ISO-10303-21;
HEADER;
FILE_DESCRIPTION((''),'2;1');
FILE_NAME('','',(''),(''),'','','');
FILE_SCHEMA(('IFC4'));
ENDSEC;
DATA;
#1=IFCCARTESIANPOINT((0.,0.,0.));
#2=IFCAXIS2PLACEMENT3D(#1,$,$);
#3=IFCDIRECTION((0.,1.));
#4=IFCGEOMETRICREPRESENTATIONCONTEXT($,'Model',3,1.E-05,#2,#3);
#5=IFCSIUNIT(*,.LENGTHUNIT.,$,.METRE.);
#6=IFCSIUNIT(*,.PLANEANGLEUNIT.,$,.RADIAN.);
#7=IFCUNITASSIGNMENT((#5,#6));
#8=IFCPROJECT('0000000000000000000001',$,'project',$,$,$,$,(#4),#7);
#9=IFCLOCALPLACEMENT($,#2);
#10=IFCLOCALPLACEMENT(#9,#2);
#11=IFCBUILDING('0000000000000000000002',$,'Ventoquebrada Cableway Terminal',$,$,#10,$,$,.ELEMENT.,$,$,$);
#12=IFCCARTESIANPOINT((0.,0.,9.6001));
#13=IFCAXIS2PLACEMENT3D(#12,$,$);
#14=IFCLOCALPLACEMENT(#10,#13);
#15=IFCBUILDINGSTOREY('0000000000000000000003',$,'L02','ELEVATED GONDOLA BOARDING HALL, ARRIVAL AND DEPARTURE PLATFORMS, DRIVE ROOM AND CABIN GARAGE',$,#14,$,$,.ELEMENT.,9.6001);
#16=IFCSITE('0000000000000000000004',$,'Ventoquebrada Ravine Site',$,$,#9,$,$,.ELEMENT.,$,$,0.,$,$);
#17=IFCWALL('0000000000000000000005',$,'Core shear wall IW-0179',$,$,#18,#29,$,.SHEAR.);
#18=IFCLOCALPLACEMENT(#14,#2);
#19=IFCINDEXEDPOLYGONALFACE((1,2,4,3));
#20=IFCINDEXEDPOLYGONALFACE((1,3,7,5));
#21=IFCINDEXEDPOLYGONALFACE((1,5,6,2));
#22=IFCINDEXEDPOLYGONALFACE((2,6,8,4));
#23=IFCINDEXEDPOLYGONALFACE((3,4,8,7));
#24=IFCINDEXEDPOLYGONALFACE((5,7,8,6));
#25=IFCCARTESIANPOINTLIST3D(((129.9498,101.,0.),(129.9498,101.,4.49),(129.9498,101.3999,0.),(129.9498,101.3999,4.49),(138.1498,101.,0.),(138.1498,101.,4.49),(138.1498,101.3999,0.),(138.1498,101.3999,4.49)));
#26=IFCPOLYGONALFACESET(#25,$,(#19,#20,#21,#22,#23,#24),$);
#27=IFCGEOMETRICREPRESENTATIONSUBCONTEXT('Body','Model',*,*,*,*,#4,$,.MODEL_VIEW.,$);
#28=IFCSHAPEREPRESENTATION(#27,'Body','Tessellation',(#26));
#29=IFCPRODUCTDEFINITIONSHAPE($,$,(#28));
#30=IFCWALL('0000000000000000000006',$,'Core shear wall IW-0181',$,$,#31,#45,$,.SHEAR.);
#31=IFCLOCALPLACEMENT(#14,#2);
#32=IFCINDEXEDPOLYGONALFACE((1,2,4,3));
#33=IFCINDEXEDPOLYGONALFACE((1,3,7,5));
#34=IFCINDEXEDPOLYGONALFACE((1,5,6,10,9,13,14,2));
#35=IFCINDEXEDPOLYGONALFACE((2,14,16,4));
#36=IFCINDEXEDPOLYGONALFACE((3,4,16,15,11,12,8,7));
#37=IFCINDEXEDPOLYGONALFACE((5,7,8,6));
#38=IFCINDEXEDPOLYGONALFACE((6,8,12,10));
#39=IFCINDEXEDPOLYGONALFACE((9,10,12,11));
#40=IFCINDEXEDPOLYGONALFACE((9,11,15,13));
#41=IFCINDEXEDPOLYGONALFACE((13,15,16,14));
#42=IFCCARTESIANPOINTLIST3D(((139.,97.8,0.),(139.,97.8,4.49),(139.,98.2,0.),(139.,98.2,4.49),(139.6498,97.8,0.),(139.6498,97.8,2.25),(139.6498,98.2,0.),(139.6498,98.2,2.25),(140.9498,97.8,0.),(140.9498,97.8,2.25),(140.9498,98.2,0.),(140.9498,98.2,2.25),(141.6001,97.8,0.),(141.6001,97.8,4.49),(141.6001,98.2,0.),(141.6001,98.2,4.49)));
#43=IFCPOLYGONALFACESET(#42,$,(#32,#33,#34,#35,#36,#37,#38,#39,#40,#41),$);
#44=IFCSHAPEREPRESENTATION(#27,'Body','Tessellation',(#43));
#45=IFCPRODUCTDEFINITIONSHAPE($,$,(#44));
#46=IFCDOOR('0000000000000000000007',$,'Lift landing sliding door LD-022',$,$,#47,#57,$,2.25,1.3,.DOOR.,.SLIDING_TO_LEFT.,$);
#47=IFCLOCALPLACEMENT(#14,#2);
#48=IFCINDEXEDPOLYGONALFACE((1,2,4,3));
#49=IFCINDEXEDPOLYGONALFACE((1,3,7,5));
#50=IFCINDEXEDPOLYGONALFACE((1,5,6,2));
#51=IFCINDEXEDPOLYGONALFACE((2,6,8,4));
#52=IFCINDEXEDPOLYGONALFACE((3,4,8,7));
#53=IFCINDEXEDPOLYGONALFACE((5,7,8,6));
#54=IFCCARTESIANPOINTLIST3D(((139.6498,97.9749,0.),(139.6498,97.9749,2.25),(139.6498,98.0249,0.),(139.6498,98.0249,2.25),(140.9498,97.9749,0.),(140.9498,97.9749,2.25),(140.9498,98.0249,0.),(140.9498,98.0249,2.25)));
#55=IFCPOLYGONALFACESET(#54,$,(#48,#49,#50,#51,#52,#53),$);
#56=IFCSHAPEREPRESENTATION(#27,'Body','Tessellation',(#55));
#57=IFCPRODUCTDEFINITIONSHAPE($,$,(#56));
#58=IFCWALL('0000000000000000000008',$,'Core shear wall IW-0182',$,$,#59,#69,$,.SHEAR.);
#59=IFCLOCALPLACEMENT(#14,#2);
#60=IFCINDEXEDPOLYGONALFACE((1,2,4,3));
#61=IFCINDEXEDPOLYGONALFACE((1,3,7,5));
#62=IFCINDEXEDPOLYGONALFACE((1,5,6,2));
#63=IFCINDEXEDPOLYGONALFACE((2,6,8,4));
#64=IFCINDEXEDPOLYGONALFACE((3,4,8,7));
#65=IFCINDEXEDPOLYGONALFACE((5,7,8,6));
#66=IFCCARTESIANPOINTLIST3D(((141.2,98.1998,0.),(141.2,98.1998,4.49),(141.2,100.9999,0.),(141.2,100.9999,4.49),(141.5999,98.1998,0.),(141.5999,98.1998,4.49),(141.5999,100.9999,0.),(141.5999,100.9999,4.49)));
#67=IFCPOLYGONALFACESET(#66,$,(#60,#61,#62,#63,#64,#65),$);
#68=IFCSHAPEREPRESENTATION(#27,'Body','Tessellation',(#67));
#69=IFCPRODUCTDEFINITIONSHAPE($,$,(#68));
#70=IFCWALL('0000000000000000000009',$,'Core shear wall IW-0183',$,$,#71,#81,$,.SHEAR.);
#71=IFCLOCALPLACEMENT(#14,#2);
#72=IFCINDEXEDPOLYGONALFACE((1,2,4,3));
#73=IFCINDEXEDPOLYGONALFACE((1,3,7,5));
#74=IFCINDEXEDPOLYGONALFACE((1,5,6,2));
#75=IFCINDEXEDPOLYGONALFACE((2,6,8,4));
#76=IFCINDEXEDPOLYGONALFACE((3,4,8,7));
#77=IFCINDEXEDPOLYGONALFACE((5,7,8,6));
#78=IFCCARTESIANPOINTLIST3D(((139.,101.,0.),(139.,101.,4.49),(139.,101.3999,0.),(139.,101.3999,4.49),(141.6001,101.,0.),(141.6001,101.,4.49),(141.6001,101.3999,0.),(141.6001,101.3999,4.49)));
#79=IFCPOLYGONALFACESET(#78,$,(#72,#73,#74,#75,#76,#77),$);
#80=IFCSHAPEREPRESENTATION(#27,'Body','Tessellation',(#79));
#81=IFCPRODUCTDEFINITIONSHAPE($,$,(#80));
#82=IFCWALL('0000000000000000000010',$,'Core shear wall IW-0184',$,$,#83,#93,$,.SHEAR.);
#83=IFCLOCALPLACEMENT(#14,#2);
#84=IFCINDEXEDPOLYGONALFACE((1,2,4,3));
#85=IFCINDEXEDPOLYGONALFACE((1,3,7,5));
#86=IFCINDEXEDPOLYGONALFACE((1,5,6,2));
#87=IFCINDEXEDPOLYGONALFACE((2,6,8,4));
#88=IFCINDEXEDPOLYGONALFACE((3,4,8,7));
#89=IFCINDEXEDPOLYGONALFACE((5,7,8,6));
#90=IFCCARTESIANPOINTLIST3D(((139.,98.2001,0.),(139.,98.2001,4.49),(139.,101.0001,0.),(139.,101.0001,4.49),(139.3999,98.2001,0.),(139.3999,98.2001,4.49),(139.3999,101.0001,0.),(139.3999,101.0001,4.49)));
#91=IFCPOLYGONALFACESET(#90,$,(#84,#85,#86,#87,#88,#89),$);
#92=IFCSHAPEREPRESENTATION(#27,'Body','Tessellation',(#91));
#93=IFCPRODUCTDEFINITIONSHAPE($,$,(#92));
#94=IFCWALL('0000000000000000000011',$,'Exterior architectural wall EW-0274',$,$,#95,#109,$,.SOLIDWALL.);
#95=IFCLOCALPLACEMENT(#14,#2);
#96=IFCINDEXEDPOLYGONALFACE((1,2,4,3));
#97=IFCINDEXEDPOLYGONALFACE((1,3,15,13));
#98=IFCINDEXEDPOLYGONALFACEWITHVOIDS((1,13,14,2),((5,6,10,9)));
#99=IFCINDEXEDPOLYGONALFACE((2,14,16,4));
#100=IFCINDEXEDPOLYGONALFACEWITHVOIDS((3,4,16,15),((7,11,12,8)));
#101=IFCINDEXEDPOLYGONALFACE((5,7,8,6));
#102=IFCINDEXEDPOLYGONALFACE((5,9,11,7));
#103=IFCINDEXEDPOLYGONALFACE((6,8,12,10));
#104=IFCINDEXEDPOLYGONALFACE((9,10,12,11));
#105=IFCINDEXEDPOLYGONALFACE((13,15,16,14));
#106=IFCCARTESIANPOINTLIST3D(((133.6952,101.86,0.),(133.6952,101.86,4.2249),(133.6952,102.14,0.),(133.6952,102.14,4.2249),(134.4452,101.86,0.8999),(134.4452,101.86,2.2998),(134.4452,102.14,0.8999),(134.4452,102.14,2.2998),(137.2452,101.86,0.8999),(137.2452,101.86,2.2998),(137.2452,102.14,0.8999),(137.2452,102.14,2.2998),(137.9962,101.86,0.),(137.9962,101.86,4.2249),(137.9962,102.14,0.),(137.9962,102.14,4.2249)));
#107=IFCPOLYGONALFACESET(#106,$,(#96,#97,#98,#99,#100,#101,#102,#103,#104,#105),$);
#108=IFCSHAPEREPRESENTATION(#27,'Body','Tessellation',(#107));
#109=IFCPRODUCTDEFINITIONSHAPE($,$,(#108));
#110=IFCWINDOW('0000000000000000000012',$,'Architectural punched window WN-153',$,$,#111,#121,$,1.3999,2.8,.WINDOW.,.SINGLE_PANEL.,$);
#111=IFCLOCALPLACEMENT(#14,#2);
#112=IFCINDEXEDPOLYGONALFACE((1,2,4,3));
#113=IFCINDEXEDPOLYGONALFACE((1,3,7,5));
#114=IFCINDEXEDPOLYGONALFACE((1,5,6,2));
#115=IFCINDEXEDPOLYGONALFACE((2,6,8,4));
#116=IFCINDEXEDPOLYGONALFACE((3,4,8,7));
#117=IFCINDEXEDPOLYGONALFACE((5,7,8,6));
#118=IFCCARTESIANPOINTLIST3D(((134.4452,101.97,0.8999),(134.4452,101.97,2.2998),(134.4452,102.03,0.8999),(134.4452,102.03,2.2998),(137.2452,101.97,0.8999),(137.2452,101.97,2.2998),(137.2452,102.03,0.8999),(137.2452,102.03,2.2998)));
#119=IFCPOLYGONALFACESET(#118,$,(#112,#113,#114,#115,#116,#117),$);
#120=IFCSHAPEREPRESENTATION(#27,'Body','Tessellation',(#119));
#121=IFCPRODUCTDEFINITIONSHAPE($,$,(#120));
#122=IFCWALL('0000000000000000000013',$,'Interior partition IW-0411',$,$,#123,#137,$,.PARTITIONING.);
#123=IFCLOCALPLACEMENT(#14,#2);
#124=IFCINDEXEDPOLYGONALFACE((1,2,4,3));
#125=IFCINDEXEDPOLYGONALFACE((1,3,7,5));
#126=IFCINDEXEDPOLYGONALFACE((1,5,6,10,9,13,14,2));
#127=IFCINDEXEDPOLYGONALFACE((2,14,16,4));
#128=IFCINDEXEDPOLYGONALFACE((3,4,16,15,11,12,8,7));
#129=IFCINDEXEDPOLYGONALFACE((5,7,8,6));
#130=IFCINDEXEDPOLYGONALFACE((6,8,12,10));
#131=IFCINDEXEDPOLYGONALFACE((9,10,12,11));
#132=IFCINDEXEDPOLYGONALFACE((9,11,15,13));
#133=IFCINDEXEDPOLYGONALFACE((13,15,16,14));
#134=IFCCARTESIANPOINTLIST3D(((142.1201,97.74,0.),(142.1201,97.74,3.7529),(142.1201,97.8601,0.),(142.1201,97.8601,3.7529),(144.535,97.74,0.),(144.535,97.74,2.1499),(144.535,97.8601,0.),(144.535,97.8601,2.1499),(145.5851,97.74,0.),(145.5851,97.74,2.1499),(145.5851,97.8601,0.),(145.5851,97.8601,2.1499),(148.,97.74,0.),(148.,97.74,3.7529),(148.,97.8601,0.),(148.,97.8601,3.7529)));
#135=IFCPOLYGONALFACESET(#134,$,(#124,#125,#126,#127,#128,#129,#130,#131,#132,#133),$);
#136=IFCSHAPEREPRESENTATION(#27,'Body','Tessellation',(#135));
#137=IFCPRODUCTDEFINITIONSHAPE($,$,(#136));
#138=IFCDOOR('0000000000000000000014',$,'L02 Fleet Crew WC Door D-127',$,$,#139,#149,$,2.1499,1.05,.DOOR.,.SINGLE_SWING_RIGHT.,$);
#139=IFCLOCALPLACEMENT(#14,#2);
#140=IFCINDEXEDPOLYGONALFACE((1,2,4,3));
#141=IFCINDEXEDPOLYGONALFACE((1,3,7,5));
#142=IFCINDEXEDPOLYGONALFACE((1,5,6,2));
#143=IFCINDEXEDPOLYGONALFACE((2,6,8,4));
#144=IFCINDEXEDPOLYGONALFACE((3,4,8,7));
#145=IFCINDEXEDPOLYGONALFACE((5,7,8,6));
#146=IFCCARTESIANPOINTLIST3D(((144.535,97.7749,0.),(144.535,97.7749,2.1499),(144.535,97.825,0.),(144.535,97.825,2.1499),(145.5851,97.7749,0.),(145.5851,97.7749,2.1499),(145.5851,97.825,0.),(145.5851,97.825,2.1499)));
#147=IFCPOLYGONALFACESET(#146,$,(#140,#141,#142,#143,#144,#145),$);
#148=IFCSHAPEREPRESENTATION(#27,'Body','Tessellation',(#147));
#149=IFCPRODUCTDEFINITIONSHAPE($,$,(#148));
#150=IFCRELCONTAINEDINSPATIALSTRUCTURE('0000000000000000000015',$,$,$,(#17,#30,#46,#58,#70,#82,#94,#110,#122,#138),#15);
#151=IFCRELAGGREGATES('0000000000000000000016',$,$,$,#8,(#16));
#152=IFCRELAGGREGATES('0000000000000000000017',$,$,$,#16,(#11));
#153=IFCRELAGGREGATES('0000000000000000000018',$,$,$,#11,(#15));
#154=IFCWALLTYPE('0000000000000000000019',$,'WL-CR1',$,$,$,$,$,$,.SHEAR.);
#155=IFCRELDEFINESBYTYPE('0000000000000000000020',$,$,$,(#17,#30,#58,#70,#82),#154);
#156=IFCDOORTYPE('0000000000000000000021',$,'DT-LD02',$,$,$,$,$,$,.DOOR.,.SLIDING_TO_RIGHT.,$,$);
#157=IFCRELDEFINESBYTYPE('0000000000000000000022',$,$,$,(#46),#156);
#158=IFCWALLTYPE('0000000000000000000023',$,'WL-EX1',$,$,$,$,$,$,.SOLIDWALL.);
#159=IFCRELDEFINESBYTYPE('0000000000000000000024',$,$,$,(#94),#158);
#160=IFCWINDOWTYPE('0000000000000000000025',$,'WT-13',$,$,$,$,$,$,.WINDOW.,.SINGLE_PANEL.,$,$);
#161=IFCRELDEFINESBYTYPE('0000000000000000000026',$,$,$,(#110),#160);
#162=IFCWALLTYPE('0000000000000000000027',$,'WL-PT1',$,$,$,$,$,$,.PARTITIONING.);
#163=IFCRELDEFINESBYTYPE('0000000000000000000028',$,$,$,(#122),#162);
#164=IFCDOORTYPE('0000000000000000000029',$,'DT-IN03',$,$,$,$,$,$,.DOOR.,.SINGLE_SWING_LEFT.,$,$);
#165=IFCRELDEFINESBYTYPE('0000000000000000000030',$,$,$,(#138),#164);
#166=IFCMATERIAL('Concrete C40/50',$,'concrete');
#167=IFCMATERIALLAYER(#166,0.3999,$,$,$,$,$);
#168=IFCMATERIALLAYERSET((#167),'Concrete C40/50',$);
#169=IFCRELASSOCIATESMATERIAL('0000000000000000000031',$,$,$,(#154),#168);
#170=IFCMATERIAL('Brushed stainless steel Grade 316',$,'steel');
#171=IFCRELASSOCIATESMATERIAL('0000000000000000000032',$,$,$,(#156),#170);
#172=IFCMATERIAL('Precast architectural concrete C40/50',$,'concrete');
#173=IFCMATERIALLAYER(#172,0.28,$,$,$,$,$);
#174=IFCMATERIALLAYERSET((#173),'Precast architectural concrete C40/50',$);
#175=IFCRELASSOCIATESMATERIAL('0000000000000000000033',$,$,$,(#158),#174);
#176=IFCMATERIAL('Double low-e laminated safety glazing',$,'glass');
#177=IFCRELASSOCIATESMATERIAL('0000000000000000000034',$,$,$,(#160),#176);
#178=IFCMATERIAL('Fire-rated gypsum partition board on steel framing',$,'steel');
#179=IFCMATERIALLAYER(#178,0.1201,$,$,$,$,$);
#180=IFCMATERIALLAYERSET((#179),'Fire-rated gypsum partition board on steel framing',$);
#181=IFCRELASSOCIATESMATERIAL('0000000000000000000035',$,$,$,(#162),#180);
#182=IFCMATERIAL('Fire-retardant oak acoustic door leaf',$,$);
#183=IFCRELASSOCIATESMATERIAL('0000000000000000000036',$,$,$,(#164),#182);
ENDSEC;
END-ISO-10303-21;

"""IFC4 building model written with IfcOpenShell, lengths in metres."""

from ifc_helpers import new_model, si_unit, direction, frame, frame_2d, origin, place, context, subcontext, project, spatial, rectangle, extrude, material, layer, layer_set, type_object, element, fill, save


model = new_model("IFC4")

# Units and contexts
model_context = context("Model", 3, precision=1e-05, world=origin(), true_north=direction((0.0, 1.0)))
body_context = subcontext(model_context, "Body", "Model", "MODEL_VIEW")
ifc_project = project(units=[si_unit("LENGTHUNIT", "METRE"), si_unit("PLANEANGLEUNIT", "RADIAN")], contexts=[model_context])

# Site, building, storey
site_placement = place(None, origin())
site = spatial("IfcSite", under=ifc_project, at=site_placement, Name="Ventoquebrada Ravine Site", CompositionType="ELEMENT", RefElevation=0.0)
building_placement = place(site_placement, origin())
building = spatial("IfcBuilding", under=site, at=building_placement, Name="Ventoquebrada Cableway Terminal", CompositionType="ELEMENT")
storey_placement = place(building_placement, frame((0.0, 0.0, 9.6001)))
storey = spatial("IfcBuildingStorey", under=building, at=storey_placement, Name="L02", Description="ELEVATED GONDOLA BOARDING HALL, ARRIVAL AND DEPARTURE PLATFORMS, DRIVE ROOM AND CABIN GARAGE", CompositionType="ELEMENT", Elevation=9.6001)

# Shared definitions
ifc_material_1 = material(Name="Concrete C40/50", Category="concrete")
ifc_layer_1 = layer(ifc_material_1, 0.3999)
ifc_layer_set_1 = layer_set([ifc_layer_1], Name="Concrete C40/50")
wall_type_1 = type_object("IfcWallType", Name="WL-CR1", PredefinedType="SHEAR", material=ifc_layer_set_1)

# Wall
wall_1_placement = place(storey_placement, frame((138.1499, 101.2, 0.0), z_axis=(0.0, 0.0, 1.0), x_axis=(-1.0, 0.0, 0.0)))
element("IfcWall", 1, at=wall_1_placement, inside=storey, type_object=wall_type_1, Name="Core shear wall IW-0179", PredefinedType="SHEAR", context=body_context, shape_type="SweptSolid", body=[
    extrude(rectangle(XDim=8.2, YDim=0.3999, at=frame_2d((4.1001, 0.0))), origin(), (0.0, 0.0, 1.0), 4.49),
])

# Wall, opening, door
wall_2_placement = place(storey_placement, frame((139.0, 98.0, 0.0), z_axis=(0.0, 0.0, 1.0), x_axis=(1.0, 0.0, 0.0)))
wall_2 = element("IfcWall", 2, at=wall_2_placement, inside=storey, type_object=wall_type_1, Name="Core shear wall IW-0181", PredefinedType="SHEAR", context=body_context, shape_type="SweptSolid", body=[
    extrude(rectangle(XDim=2.6001, YDim=0.3999, at=frame_2d((1.3, 0.0))), origin(), (0.0, 0.0, 1.0), 4.49),
])
opening_1_placement = place(wall_2_placement, frame((0.6499, 0.0, 0.0)))
opening_1 = element("IfcOpeningElement", 3, at=opening_1_placement, cuts=wall_2, PredefinedType="OPENING", context=body_context, shape_type="SweptSolid", body=[
    extrude(rectangle(XDim=1.3, YDim=2.25, at=frame_2d((0.6499, 1.125))), frame((0.0, 0.21, 0.0), z_axis=(0.0, -1.0, 0.0), x_axis=(1.0, 0.0, 0.0)), (0.0, 0.0, 1.0), 0.4199),
])
ifc_material_2 = material(Name="Brushed stainless steel Grade 316", Category="steel")
door_type_1 = type_object("IfcDoorType", Name="DT-LD02", OperationType="SLIDING_TO_RIGHT", PredefinedType="DOOR", material=ifc_material_2)
door_1_placement = place(opening_1_placement, origin())
door_1 = element("IfcDoor", 4, at=door_1_placement, inside=storey, type_object=door_type_1, Name="Lift landing sliding door LD-022", OperationType="SLIDING_TO_LEFT", OverallHeight=2.25, OverallWidth=1.3, PredefinedType="DOOR", context=body_context, shape_type="SweptSolid", body=[
    extrude(rectangle(XDim=1.3, YDim=2.25, at=frame_2d((0.6499, 1.125))), frame((0.0, 0.0249, 0.0), z_axis=(0.0, -1.0, 0.0), x_axis=(1.0, 0.0, 0.0)), (0.0, 0.0, 1.0), 0.05),
])
fill(opening_1, door_1)

# Walls
wall_3_placement = place(storey_placement, frame((141.3999, 98.2, 0.0), z_axis=(0.0, 0.0, 1.0), x_axis=(0.0, 1.0, 0.0)))
element("IfcWall", 5, at=wall_3_placement, inside=storey, type_object=wall_type_1, Name="Core shear wall IW-0182", PredefinedType="SHEAR", context=body_context, shape_type="SweptSolid", body=[
    extrude(rectangle(XDim=2.8, YDim=0.3999, at=frame_2d((1.3999, 0.0))), origin(), (0.0, 0.0, 1.0), 4.49),
])
wall_4_placement = place(storey_placement, frame((141.6001, 101.2, 0.0), z_axis=(0.0, 0.0, 1.0), x_axis=(-1.0, 0.0, 0.0)))
element("IfcWall", 6, at=wall_4_placement, inside=storey, type_object=wall_type_1, Name="Core shear wall IW-0183", PredefinedType="SHEAR", context=body_context, shape_type="SweptSolid", body=[
    extrude(rectangle(XDim=2.6001, YDim=0.3999, at=frame_2d((1.3, 0.0))), origin(), (0.0, 0.0, 1.0), 4.49),
])
wall_5_placement = place(storey_placement, frame((139.2, 101.0, 0.0), z_axis=(0.0, 0.0, 1.0), x_axis=(0.0, -1.0, 0.0)))
element("IfcWall", 7, at=wall_5_placement, inside=storey, type_object=wall_type_1, Name="Core shear wall IW-0184", PredefinedType="SHEAR", context=body_context, shape_type="SweptSolid", body=[
    extrude(rectangle(XDim=2.8, YDim=0.3999, at=frame_2d((1.3999, 0.0))), origin(), (0.0, 0.0, 1.0), 4.49),
])

# Wall, opening, window
ifc_material_3 = material(Name="Precast architectural concrete C40/50", Category="concrete")
ifc_layer_2 = layer(ifc_material_3, 0.28)
ifc_layer_set_2 = layer_set([ifc_layer_2], Name="Precast architectural concrete C40/50")
wall_type_2 = type_object("IfcWallType", Name="WL-EX1", PredefinedType="SOLIDWALL", material=ifc_layer_set_2)
wall_6_placement = place(storey_placement, frame((137.9961, 102.0, 0.0), z_axis=(0.0, 0.0, 1.0), x_axis=(-1.0, 0.0, 0.0)))
wall_6 = element("IfcWall", 8, at=wall_6_placement, inside=storey, type_object=wall_type_2, Name="Exterior architectural wall EW-0274", PredefinedType="SOLIDWALL", context=body_context, shape_type="SweptSolid", body=[
    extrude(rectangle(XDim=4.301, YDim=0.28, at=frame_2d((2.1504, 0.0))), origin(), (0.0, 0.0, 1.0), 4.2249),
])
opening_2_placement = place(wall_6_placement, frame((0.751, 0.0, 0.8999)))
opening_2 = element("IfcOpeningElement", 9, at=opening_2_placement, cuts=wall_6, PredefinedType="OPENING", context=body_context, shape_type="SweptSolid", body=[
    extrude(rectangle(XDim=2.8, YDim=1.3999, at=frame_2d((1.3999, 0.7))), frame((0.0, 0.1499, 0.0), z_axis=(0.0, -1.0, 0.0), x_axis=(1.0, 0.0, 0.0)), (0.0, 0.0, 1.0), 0.3),
])
ifc_material_4 = material(Name="Double low-e laminated safety glazing", Category="glass")
window_type = type_object("IfcWindowType", Name="WT-13", PartitioningType="SINGLE_PANEL", PredefinedType="WINDOW", material=ifc_material_4)
window_placement = place(opening_2_placement, origin())
window = element("IfcWindow", 10, at=window_placement, inside=storey, type_object=window_type, Name="Architectural punched window WN-153", OverallHeight=1.3999, OverallWidth=2.8, PartitioningType="SINGLE_PANEL", PredefinedType="WINDOW", context=body_context, shape_type="SweptSolid", body=[
    extrude(rectangle(XDim=2.8, YDim=1.3999, at=frame_2d((1.3999, 0.7))), frame((0.0, 0.03, 0.0), z_axis=(0.0, -1.0, 0.0), x_axis=(1.0, 0.0, 0.0)), (0.0, 0.0, 1.0), 0.0601),
])
fill(opening_2, window)

# Wall, opening, door
ifc_material_5 = material(Name="Fire-rated gypsum partition board on steel framing", Category="steel")
ifc_layer_3 = layer(ifc_material_5, 0.1201)
ifc_layer_set_3 = layer_set([ifc_layer_3], Name="Fire-rated gypsum partition board on steel framing")
wall_type_3 = type_object("IfcWallType", Name="WL-PT1", PredefinedType="PARTITIONING", material=ifc_layer_set_3)
wall_7_placement = place(storey_placement, frame((142.1201, 97.8, 0.0), z_axis=(0.0, 0.0, 1.0), x_axis=(1.0, 0.0, 0.0)))
wall_7 = element("IfcWall", 11, at=wall_7_placement, inside=storey, type_object=wall_type_3, Name="Interior partition IW-0411", PredefinedType="PARTITIONING", context=body_context, shape_type="SweptSolid", body=[
    extrude(rectangle(XDim=5.8799, YDim=0.1201, at=frame_2d((2.9399, 0.0))), origin(), (0.0, 0.0, 1.0), 3.7529),
])
opening_3_placement = place(wall_7_placement, frame((2.415, 0.0, 0.0)))
opening_3 = element("IfcOpeningElement", 12, at=opening_3_placement, cuts=wall_7, PredefinedType="OPENING", context=body_context, shape_type="SweptSolid", body=[
    extrude(rectangle(XDim=1.05, YDim=2.1499, at=frame_2d((0.5249, 1.075))), frame((0.0, 0.0701, 0.0), z_axis=(0.0, -1.0, 0.0), x_axis=(1.0, 0.0, 0.0)), (0.0, 0.0, 1.0), 0.1401),
])
ifc_material_6 = material(Name="Fire-retardant oak acoustic door leaf")
door_type_2 = type_object("IfcDoorType", Name="DT-IN03", OperationType="SINGLE_SWING_LEFT", PredefinedType="DOOR", material=ifc_material_6)
door_2_placement = place(opening_3_placement, origin())
door_2 = element("IfcDoor", 13, at=door_2_placement, inside=storey, type_object=door_type_2, Name="L02 Fleet Crew WC Door D-127", OperationType="SINGLE_SWING_RIGHT", OverallHeight=2.1499, OverallWidth=1.05, PredefinedType="DOOR", context=body_context, shape_type="SweptSolid", body=[
    extrude(rectangle(XDim=1.05, YDim=2.1499, at=frame_2d((0.5249, 1.075))), frame((0.0, 0.0249, 0.0), z_axis=(0.0, -1.0, 0.0), x_axis=(1.0, 0.0, 0.0)), (0.0, 0.0, 1.0), 0.05),
])
fill(opening_3, door_2)

save(model, "model.ifc")
